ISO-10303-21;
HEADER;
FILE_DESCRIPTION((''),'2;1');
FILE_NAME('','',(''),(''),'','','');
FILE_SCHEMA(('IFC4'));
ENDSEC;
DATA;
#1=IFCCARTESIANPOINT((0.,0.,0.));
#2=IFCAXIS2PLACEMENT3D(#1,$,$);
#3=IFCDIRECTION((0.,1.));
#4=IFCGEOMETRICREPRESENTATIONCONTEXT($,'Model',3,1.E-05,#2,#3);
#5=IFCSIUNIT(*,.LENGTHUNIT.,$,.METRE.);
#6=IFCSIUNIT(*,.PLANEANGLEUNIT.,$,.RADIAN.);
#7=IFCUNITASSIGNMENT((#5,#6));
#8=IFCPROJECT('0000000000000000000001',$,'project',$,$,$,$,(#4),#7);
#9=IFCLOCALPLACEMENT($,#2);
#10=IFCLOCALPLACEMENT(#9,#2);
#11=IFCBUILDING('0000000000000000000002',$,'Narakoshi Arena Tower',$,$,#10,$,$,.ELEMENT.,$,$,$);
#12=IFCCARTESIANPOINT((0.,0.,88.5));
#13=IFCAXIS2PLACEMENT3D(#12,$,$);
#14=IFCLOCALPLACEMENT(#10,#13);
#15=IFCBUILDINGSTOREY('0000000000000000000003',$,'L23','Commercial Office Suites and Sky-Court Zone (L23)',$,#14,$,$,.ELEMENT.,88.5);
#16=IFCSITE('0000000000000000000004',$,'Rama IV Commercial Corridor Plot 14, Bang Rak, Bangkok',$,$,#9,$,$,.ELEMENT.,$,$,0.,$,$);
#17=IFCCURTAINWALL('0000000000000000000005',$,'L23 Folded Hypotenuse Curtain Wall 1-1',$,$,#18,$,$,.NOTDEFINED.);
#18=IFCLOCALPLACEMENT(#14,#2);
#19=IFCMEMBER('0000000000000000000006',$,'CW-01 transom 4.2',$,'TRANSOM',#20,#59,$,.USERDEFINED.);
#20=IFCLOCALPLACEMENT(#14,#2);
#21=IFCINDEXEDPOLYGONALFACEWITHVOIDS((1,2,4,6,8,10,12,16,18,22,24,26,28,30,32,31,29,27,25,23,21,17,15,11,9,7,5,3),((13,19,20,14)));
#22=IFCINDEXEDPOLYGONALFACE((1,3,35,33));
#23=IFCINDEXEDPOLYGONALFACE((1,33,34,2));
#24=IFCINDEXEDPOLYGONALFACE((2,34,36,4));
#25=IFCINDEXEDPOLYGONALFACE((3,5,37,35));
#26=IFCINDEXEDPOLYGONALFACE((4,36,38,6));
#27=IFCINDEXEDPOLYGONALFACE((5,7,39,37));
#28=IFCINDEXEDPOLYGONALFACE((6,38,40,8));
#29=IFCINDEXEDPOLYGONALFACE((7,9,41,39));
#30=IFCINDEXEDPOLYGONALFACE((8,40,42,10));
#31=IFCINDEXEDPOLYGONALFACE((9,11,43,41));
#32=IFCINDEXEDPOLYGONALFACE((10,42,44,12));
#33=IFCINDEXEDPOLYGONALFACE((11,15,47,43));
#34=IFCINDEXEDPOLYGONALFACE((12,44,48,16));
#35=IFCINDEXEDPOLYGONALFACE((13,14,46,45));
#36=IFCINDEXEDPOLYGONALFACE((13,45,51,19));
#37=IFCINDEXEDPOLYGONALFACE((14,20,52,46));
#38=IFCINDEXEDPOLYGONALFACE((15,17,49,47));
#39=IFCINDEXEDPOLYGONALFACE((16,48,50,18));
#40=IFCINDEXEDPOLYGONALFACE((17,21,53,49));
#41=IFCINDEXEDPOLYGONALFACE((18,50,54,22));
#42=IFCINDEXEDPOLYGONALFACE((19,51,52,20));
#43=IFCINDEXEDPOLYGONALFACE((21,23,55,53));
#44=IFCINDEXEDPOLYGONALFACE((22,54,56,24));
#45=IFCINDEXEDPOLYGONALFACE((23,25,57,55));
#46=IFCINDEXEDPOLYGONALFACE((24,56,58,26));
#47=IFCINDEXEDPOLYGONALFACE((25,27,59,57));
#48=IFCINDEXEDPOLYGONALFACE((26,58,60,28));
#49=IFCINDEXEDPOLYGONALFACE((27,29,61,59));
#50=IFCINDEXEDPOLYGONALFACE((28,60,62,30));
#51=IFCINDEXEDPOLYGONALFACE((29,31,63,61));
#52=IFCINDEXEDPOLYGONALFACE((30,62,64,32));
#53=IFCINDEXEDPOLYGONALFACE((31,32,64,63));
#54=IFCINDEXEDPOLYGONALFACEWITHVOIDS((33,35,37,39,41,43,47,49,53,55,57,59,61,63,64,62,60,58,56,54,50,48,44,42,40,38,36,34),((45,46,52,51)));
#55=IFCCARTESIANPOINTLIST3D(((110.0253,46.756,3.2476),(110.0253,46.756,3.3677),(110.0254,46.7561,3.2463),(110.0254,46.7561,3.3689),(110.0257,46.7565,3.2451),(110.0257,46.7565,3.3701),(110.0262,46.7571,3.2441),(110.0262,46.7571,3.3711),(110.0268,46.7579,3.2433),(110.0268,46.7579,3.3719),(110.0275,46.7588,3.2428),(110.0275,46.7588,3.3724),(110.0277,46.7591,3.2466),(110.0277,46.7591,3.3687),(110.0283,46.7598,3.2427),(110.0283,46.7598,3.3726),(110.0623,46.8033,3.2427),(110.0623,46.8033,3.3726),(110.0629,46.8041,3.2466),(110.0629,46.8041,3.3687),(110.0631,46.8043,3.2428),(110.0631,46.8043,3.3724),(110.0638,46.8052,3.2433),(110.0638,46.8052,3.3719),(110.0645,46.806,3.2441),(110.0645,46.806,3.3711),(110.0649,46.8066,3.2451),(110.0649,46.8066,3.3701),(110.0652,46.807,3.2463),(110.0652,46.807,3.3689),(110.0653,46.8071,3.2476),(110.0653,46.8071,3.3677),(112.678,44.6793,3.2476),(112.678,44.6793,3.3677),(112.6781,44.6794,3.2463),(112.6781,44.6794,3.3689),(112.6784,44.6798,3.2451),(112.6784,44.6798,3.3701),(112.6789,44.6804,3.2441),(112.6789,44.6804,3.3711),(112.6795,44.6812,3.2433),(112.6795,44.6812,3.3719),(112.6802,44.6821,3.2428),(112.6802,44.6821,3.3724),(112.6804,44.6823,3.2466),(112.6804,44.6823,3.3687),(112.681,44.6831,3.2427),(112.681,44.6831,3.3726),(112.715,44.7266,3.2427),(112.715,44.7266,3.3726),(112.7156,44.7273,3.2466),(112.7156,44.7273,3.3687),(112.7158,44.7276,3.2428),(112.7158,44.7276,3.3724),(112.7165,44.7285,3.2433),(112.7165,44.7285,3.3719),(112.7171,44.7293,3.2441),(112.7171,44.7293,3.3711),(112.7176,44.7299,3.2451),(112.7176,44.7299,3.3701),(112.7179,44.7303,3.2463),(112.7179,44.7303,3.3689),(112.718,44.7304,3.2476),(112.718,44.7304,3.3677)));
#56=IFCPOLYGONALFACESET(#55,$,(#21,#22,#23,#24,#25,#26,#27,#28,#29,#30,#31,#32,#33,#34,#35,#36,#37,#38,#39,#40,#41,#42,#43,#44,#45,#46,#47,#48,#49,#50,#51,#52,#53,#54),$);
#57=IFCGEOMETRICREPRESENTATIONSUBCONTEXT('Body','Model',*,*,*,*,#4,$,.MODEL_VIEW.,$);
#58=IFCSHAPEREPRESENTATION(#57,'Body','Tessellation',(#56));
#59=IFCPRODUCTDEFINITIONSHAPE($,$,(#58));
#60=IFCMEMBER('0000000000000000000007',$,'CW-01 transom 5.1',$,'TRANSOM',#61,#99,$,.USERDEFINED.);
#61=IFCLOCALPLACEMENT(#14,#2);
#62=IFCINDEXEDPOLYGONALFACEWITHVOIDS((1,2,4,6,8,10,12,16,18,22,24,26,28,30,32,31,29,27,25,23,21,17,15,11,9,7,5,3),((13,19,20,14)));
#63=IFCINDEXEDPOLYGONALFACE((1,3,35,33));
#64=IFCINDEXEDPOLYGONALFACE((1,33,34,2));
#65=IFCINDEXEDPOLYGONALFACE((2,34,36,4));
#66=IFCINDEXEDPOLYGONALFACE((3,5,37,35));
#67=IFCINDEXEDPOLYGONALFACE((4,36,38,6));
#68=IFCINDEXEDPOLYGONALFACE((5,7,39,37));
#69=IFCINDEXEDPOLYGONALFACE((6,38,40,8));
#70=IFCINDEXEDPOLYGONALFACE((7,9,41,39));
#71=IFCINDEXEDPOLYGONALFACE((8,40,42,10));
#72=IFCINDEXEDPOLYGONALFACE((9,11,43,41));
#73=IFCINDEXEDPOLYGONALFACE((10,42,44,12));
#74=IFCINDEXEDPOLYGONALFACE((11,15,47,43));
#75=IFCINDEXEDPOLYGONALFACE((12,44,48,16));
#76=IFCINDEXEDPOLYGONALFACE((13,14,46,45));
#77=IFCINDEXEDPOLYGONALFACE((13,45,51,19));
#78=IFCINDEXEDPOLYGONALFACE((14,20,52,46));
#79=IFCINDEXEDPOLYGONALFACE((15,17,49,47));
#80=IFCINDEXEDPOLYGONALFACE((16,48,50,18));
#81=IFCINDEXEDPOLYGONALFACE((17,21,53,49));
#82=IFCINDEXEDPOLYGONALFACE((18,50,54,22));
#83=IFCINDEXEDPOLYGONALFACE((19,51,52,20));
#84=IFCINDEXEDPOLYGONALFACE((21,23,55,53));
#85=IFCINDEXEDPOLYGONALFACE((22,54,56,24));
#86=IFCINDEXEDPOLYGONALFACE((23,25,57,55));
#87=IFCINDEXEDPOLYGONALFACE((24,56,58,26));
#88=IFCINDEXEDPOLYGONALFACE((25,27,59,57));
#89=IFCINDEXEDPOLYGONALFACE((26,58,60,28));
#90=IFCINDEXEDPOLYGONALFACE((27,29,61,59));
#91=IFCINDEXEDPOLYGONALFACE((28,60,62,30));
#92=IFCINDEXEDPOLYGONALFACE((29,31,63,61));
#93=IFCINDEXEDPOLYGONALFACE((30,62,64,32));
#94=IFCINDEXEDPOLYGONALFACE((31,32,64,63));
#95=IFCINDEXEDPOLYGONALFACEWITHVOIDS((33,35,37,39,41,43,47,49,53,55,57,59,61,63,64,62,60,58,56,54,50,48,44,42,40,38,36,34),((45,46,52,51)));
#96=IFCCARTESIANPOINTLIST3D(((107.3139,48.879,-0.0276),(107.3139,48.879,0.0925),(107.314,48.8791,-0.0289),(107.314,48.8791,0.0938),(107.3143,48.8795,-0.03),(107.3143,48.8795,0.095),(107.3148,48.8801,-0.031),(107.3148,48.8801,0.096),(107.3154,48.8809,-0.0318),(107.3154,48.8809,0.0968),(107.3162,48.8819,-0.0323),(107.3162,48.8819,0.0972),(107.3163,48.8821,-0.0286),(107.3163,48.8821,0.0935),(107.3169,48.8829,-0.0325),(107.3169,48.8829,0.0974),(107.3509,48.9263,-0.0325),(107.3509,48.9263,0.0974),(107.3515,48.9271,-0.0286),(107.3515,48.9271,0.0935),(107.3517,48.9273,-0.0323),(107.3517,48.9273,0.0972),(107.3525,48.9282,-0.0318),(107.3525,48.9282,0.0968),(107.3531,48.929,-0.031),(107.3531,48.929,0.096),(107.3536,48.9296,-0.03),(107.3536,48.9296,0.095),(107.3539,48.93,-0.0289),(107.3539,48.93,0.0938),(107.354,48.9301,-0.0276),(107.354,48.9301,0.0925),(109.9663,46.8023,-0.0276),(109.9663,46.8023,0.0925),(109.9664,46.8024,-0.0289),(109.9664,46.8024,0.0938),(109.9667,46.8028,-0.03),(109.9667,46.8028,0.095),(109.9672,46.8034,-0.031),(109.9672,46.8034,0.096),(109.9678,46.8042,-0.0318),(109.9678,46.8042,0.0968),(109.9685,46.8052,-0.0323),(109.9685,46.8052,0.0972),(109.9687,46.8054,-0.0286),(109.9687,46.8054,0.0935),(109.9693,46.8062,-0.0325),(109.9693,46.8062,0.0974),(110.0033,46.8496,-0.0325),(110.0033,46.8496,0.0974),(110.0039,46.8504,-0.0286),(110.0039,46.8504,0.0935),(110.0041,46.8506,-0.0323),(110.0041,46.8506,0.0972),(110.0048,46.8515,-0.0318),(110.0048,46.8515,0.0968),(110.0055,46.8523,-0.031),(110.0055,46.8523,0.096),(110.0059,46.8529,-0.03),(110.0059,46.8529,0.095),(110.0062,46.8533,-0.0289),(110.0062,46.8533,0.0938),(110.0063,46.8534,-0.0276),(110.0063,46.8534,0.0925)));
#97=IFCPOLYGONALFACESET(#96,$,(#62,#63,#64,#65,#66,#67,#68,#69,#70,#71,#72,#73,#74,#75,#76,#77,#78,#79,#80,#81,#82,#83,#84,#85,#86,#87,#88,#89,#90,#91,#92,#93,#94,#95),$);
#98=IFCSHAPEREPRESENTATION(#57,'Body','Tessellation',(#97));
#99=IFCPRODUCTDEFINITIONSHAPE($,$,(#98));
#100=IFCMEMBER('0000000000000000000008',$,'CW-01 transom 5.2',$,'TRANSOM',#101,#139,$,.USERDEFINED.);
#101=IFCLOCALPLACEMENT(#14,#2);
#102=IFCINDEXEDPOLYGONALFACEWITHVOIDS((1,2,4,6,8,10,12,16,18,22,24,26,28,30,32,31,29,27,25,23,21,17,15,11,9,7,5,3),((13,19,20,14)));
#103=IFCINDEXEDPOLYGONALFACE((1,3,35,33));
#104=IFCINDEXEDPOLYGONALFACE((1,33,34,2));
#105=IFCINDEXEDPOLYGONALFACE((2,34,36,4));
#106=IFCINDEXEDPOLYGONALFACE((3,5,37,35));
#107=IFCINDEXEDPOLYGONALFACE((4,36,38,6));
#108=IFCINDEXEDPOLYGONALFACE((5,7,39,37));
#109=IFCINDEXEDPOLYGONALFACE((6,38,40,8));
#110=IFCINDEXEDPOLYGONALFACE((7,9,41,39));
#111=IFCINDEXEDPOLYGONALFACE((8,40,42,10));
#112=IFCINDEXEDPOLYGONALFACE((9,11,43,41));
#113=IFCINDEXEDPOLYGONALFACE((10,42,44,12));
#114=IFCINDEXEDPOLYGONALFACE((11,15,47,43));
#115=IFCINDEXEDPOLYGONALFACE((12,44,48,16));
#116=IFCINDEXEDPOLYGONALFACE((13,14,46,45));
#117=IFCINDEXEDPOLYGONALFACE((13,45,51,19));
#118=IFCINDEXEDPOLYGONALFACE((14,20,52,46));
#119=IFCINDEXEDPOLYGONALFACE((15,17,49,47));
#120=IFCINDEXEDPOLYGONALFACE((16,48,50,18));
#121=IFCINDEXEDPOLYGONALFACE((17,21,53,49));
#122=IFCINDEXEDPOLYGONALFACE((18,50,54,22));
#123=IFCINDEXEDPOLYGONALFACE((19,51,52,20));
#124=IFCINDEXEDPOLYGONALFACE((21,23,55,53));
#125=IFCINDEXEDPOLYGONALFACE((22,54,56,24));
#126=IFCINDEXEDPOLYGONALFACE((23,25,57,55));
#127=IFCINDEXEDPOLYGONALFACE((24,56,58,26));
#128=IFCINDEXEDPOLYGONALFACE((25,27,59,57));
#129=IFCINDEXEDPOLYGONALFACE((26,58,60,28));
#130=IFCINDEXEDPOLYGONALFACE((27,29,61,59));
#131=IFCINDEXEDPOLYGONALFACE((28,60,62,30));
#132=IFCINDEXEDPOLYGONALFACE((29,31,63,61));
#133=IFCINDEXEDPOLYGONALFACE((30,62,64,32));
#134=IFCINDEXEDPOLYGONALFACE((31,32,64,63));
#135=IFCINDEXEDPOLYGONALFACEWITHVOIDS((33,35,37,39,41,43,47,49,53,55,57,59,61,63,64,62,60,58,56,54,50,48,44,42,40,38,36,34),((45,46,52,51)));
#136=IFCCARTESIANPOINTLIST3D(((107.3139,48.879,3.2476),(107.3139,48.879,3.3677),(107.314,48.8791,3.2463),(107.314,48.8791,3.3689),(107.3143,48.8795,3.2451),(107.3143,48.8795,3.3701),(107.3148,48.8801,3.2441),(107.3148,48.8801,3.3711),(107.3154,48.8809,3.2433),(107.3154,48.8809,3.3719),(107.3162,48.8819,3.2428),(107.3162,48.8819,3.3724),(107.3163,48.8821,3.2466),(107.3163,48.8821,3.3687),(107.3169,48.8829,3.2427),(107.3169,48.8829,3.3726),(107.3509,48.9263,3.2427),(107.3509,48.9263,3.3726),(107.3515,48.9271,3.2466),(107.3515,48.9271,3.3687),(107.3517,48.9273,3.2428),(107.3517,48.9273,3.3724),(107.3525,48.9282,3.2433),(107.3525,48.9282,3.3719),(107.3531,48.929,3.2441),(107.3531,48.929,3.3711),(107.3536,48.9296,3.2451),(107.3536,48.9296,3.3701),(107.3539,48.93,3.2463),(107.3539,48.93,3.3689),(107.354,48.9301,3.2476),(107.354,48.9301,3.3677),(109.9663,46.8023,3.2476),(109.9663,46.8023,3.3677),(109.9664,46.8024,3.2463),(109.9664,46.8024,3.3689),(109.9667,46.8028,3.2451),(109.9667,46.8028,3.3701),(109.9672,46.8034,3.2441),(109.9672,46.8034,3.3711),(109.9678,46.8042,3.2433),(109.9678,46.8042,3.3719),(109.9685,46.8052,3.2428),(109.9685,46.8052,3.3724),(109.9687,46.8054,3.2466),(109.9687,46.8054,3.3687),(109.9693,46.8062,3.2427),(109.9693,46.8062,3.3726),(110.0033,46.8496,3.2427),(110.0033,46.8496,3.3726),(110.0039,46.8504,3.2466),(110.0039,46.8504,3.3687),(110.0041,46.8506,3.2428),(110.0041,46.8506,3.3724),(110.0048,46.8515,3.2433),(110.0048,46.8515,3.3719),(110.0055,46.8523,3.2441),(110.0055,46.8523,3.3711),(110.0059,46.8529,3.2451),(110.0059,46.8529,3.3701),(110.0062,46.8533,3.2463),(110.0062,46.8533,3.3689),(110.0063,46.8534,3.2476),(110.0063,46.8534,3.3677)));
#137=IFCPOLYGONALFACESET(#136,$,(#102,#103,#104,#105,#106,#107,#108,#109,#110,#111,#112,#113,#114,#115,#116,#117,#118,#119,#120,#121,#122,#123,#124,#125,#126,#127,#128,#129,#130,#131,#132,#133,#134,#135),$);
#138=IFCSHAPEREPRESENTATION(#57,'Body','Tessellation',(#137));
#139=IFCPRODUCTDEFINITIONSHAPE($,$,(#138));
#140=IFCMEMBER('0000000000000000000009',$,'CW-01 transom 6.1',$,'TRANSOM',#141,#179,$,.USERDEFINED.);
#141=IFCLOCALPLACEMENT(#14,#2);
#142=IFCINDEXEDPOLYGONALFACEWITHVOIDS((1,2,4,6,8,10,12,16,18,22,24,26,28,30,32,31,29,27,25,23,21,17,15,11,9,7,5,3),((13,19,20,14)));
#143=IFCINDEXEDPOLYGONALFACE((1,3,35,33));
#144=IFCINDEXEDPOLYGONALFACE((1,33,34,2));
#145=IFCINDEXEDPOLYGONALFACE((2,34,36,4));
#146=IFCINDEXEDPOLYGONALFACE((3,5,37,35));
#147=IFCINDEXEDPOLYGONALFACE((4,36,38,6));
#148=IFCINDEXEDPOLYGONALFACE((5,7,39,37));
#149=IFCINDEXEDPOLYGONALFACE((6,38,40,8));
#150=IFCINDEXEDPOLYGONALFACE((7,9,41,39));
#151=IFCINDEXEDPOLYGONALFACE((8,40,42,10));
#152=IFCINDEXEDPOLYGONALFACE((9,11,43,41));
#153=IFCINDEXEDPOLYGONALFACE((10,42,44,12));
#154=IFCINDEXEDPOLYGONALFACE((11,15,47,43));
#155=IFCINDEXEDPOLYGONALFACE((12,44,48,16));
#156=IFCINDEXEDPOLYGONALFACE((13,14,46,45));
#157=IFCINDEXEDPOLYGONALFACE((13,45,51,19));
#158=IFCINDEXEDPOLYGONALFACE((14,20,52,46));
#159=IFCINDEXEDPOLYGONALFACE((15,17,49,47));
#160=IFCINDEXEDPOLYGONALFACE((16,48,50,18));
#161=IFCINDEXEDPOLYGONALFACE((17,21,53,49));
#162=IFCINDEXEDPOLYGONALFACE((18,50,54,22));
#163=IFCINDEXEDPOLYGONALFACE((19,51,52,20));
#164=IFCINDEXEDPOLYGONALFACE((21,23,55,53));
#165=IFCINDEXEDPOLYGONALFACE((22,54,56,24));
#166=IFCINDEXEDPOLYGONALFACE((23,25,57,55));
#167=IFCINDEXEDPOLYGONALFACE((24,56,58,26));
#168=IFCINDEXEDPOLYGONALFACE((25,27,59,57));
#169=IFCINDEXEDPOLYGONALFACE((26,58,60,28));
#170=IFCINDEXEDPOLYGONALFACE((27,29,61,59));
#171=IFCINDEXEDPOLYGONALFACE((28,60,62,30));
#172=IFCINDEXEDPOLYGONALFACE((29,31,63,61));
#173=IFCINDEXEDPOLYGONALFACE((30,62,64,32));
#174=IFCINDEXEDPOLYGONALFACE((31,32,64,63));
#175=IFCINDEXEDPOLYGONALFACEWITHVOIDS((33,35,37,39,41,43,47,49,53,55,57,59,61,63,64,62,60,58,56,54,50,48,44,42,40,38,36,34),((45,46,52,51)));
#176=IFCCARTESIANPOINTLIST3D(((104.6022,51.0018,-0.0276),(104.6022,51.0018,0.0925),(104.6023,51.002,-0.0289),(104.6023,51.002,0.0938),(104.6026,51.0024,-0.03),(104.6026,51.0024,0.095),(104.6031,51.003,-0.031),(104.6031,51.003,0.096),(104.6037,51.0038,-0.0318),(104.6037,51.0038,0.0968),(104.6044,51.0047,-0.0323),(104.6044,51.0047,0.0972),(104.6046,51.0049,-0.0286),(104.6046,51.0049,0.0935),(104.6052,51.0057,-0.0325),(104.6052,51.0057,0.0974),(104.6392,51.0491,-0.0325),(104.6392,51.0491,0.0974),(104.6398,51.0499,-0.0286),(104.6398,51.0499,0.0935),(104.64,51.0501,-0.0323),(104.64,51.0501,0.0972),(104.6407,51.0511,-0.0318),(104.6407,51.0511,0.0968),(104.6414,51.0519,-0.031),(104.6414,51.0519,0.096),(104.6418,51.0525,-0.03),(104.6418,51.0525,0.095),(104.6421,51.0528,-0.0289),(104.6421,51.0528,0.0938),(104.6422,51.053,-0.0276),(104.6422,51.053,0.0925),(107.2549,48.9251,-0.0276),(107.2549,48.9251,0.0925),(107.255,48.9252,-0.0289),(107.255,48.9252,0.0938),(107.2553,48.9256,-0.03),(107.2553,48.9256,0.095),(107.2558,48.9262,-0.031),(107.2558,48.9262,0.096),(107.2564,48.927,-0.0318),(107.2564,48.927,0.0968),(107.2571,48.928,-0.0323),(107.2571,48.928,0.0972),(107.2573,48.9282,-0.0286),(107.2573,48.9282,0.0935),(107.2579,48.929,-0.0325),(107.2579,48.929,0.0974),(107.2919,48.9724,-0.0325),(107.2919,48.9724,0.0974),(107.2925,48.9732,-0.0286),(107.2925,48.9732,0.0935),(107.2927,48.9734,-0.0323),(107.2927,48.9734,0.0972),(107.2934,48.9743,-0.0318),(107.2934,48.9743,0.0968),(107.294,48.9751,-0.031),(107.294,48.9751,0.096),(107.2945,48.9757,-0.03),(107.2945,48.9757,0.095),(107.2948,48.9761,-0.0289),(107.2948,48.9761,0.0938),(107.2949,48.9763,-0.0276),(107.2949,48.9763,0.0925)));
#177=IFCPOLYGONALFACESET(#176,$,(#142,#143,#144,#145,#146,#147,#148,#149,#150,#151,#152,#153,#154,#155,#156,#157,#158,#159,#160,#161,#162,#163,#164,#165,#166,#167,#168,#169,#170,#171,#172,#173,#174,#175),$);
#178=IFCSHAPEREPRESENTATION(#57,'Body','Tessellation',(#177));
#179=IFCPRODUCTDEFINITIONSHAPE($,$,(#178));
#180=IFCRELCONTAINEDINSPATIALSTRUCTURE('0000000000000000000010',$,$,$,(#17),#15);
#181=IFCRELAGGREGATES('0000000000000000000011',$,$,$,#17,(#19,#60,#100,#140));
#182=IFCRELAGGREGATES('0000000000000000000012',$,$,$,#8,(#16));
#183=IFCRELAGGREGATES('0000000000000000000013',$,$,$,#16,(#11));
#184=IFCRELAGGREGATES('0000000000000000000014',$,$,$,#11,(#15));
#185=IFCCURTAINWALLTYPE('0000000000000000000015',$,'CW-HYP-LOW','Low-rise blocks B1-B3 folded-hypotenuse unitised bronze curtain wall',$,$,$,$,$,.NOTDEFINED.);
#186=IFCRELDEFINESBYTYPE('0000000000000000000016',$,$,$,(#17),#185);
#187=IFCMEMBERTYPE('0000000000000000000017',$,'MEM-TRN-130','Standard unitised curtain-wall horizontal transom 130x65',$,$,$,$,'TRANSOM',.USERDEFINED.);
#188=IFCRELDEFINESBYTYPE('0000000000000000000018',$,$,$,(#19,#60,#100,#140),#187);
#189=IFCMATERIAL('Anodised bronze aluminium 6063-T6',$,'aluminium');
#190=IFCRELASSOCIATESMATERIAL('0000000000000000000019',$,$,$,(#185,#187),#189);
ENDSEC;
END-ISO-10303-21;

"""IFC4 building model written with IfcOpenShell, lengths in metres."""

from ifc_helpers import new_model, si_unit, direction, frame, origin, origin_2d, place, context, subcontext, project, spatial, hollow_rectangle, extrude, material, material_profile, profile_set, type_object, element, aggregate, save


model = new_model("IFC4")

# Units and contexts
model_context = context("Model", 3, precision=1e-05, world=origin(), true_north=direction((0.0, 1.0)))
body_context = subcontext(model_context, "Body", "Model", "MODEL_VIEW")
ifc_project = project(units=[si_unit("LENGTHUNIT", "METRE"), si_unit("PLANEANGLEUNIT", "RADIAN")], contexts=[model_context])

# Site, building, storey
site_placement = place(None, origin())
site = spatial("IfcSite", under=ifc_project, at=site_placement, Name="Rama IV Commercial Corridor Plot 14, Bang Rak, Bangkok", CompositionType="ELEMENT", RefElevation=0.0)
building_placement = place(site_placement, origin())
building = spatial("IfcBuilding", under=site, at=building_placement, Name="Narakoshi Arena Tower", CompositionType="ELEMENT")
storey_placement = place(building_placement, frame((0.0, 0.0, 88.5)))
storey = spatial("IfcBuildingStorey", under=building, at=storey_placement, Name="L23", Description="Commercial Office Suites and Sky-Court Zone (L23)", CompositionType="ELEMENT", Elevation=88.5)

# Curtain wall, members
ifc_material_1 = material(Name="Anodised bronze aluminium 6063-T6", Category="aluminium")
curtain_wall_type = type_object("IfcCurtainWallType", Name="CW-HYP-LOW", Description="Low-rise blocks B1-B3 folded-hypotenuse unitised bronze curtain wall", PredefinedType="NOTDEFINED", material=ifc_material_1)
curtain_wall_placement = place(storey_placement, origin())
curtain_wall = element("IfcCurtainWall", 1, at=curtain_wall_placement, inside=storey, type_object=curtain_wall_type, Name="L23 Folded Hypotenuse Curtain Wall 1-1", PredefinedType="NOTDEFINED")
ifc_material_profile_1 = material_profile(ifc_material_1, hollow_rectangle(XDim=0.0649, YDim=0.1299, WallThickness=0.0039, OuterFilletRadius=0.0049, at=origin_2d()), Name="TRN130x65x4")
ifc_profile_set_1 = profile_set([ifc_material_profile_1], Name="Anodised bronze aluminium 6063-T6")
member_type_1 = type_object("IfcMemberType", Name="MEM-TRN-130", Description="Standard unitised curtain-wall horizontal transom 130x65", ElementType="TRANSOM", PredefinedType="USERDEFINED", material=ifc_profile_set_1)
member_1_placement = place(storey_placement, frame((112.698, 44.7048, 3.3076), z_axis=(-0.787401, 0.616441, 0.0), x_axis=(-0.616441, -0.787401, 0.0)))
member_1 = element("IfcMember", 2, at=member_1_placement, type_object=member_type_1, Name="CW-01 transom 4.2", ObjectType="TRANSOM", PredefinedType="USERDEFINED", context=body_context, shape_type="SweptSolid", body=[
    extrude(hollow_rectangle(XDim=0.0649, YDim=0.1299, WallThickness=0.0039, OuterFilletRadius=0.0049, at=origin_2d()), origin(), (0.0, 0.0, 1.0), 3.3689),
])
member_2_placement = place(storey_placement, frame((109.9863, 46.8279, 0.0325), z_axis=(-0.787373, 0.616476, 0.0), x_axis=(-0.616476, -0.787373, 0.0)))
member_2 = element("IfcMember", 3, at=member_2_placement, type_object=member_type_1, Name="CW-01 transom 5.1", ObjectType="TRANSOM", PredefinedType="USERDEFINED", context=body_context, shape_type="SweptSolid", body=[
    extrude(hollow_rectangle(XDim=0.0649, YDim=0.1299, WallThickness=0.0039, OuterFilletRadius=0.0049, at=origin_2d()), origin(), (0.0, 0.0, 1.0), 3.3687),
])
member_3_placement = place(storey_placement, frame((109.9863, 46.8279, 3.3076), z_axis=(-0.787373, 0.616476, 0.0), x_axis=(-0.616476, -0.787373, 0.0)))
member_3 = element("IfcMember", 4, at=member_3_placement, type_object=member_type_1, Name="CW-01 transom 5.2", ObjectType="TRANSOM", PredefinedType="USERDEFINED", context=body_context, shape_type="SweptSolid", body=[
    extrude(hollow_rectangle(XDim=0.0649, YDim=0.1299, WallThickness=0.0039, OuterFilletRadius=0.0049, at=origin_2d()), origin(), (0.0, 0.0, 1.0), 3.3687),
])
member_4_placement = place(storey_placement, frame((107.2749, 48.9507, 0.0325), z_axis=(-0.787401, 0.616441, 0.0), x_axis=(-0.616441, -0.787401, 0.0)))
member_4 = element("IfcMember", 5, at=member_4_placement, type_object=member_type_1, Name="CW-01 transom 6.1", ObjectType="TRANSOM", PredefinedType="USERDEFINED", context=body_context, shape_type="SweptSolid", body=[
    extrude(hollow_rectangle(XDim=0.0649, YDim=0.1299, WallThickness=0.0039, OuterFilletRadius=0.0049, at=origin_2d()), origin(), (0.0, 0.0, 1.0), 3.3689),
])
aggregate(curtain_wall, [member_1, member_2, member_3, member_4])

save(model, "model.ifc")
